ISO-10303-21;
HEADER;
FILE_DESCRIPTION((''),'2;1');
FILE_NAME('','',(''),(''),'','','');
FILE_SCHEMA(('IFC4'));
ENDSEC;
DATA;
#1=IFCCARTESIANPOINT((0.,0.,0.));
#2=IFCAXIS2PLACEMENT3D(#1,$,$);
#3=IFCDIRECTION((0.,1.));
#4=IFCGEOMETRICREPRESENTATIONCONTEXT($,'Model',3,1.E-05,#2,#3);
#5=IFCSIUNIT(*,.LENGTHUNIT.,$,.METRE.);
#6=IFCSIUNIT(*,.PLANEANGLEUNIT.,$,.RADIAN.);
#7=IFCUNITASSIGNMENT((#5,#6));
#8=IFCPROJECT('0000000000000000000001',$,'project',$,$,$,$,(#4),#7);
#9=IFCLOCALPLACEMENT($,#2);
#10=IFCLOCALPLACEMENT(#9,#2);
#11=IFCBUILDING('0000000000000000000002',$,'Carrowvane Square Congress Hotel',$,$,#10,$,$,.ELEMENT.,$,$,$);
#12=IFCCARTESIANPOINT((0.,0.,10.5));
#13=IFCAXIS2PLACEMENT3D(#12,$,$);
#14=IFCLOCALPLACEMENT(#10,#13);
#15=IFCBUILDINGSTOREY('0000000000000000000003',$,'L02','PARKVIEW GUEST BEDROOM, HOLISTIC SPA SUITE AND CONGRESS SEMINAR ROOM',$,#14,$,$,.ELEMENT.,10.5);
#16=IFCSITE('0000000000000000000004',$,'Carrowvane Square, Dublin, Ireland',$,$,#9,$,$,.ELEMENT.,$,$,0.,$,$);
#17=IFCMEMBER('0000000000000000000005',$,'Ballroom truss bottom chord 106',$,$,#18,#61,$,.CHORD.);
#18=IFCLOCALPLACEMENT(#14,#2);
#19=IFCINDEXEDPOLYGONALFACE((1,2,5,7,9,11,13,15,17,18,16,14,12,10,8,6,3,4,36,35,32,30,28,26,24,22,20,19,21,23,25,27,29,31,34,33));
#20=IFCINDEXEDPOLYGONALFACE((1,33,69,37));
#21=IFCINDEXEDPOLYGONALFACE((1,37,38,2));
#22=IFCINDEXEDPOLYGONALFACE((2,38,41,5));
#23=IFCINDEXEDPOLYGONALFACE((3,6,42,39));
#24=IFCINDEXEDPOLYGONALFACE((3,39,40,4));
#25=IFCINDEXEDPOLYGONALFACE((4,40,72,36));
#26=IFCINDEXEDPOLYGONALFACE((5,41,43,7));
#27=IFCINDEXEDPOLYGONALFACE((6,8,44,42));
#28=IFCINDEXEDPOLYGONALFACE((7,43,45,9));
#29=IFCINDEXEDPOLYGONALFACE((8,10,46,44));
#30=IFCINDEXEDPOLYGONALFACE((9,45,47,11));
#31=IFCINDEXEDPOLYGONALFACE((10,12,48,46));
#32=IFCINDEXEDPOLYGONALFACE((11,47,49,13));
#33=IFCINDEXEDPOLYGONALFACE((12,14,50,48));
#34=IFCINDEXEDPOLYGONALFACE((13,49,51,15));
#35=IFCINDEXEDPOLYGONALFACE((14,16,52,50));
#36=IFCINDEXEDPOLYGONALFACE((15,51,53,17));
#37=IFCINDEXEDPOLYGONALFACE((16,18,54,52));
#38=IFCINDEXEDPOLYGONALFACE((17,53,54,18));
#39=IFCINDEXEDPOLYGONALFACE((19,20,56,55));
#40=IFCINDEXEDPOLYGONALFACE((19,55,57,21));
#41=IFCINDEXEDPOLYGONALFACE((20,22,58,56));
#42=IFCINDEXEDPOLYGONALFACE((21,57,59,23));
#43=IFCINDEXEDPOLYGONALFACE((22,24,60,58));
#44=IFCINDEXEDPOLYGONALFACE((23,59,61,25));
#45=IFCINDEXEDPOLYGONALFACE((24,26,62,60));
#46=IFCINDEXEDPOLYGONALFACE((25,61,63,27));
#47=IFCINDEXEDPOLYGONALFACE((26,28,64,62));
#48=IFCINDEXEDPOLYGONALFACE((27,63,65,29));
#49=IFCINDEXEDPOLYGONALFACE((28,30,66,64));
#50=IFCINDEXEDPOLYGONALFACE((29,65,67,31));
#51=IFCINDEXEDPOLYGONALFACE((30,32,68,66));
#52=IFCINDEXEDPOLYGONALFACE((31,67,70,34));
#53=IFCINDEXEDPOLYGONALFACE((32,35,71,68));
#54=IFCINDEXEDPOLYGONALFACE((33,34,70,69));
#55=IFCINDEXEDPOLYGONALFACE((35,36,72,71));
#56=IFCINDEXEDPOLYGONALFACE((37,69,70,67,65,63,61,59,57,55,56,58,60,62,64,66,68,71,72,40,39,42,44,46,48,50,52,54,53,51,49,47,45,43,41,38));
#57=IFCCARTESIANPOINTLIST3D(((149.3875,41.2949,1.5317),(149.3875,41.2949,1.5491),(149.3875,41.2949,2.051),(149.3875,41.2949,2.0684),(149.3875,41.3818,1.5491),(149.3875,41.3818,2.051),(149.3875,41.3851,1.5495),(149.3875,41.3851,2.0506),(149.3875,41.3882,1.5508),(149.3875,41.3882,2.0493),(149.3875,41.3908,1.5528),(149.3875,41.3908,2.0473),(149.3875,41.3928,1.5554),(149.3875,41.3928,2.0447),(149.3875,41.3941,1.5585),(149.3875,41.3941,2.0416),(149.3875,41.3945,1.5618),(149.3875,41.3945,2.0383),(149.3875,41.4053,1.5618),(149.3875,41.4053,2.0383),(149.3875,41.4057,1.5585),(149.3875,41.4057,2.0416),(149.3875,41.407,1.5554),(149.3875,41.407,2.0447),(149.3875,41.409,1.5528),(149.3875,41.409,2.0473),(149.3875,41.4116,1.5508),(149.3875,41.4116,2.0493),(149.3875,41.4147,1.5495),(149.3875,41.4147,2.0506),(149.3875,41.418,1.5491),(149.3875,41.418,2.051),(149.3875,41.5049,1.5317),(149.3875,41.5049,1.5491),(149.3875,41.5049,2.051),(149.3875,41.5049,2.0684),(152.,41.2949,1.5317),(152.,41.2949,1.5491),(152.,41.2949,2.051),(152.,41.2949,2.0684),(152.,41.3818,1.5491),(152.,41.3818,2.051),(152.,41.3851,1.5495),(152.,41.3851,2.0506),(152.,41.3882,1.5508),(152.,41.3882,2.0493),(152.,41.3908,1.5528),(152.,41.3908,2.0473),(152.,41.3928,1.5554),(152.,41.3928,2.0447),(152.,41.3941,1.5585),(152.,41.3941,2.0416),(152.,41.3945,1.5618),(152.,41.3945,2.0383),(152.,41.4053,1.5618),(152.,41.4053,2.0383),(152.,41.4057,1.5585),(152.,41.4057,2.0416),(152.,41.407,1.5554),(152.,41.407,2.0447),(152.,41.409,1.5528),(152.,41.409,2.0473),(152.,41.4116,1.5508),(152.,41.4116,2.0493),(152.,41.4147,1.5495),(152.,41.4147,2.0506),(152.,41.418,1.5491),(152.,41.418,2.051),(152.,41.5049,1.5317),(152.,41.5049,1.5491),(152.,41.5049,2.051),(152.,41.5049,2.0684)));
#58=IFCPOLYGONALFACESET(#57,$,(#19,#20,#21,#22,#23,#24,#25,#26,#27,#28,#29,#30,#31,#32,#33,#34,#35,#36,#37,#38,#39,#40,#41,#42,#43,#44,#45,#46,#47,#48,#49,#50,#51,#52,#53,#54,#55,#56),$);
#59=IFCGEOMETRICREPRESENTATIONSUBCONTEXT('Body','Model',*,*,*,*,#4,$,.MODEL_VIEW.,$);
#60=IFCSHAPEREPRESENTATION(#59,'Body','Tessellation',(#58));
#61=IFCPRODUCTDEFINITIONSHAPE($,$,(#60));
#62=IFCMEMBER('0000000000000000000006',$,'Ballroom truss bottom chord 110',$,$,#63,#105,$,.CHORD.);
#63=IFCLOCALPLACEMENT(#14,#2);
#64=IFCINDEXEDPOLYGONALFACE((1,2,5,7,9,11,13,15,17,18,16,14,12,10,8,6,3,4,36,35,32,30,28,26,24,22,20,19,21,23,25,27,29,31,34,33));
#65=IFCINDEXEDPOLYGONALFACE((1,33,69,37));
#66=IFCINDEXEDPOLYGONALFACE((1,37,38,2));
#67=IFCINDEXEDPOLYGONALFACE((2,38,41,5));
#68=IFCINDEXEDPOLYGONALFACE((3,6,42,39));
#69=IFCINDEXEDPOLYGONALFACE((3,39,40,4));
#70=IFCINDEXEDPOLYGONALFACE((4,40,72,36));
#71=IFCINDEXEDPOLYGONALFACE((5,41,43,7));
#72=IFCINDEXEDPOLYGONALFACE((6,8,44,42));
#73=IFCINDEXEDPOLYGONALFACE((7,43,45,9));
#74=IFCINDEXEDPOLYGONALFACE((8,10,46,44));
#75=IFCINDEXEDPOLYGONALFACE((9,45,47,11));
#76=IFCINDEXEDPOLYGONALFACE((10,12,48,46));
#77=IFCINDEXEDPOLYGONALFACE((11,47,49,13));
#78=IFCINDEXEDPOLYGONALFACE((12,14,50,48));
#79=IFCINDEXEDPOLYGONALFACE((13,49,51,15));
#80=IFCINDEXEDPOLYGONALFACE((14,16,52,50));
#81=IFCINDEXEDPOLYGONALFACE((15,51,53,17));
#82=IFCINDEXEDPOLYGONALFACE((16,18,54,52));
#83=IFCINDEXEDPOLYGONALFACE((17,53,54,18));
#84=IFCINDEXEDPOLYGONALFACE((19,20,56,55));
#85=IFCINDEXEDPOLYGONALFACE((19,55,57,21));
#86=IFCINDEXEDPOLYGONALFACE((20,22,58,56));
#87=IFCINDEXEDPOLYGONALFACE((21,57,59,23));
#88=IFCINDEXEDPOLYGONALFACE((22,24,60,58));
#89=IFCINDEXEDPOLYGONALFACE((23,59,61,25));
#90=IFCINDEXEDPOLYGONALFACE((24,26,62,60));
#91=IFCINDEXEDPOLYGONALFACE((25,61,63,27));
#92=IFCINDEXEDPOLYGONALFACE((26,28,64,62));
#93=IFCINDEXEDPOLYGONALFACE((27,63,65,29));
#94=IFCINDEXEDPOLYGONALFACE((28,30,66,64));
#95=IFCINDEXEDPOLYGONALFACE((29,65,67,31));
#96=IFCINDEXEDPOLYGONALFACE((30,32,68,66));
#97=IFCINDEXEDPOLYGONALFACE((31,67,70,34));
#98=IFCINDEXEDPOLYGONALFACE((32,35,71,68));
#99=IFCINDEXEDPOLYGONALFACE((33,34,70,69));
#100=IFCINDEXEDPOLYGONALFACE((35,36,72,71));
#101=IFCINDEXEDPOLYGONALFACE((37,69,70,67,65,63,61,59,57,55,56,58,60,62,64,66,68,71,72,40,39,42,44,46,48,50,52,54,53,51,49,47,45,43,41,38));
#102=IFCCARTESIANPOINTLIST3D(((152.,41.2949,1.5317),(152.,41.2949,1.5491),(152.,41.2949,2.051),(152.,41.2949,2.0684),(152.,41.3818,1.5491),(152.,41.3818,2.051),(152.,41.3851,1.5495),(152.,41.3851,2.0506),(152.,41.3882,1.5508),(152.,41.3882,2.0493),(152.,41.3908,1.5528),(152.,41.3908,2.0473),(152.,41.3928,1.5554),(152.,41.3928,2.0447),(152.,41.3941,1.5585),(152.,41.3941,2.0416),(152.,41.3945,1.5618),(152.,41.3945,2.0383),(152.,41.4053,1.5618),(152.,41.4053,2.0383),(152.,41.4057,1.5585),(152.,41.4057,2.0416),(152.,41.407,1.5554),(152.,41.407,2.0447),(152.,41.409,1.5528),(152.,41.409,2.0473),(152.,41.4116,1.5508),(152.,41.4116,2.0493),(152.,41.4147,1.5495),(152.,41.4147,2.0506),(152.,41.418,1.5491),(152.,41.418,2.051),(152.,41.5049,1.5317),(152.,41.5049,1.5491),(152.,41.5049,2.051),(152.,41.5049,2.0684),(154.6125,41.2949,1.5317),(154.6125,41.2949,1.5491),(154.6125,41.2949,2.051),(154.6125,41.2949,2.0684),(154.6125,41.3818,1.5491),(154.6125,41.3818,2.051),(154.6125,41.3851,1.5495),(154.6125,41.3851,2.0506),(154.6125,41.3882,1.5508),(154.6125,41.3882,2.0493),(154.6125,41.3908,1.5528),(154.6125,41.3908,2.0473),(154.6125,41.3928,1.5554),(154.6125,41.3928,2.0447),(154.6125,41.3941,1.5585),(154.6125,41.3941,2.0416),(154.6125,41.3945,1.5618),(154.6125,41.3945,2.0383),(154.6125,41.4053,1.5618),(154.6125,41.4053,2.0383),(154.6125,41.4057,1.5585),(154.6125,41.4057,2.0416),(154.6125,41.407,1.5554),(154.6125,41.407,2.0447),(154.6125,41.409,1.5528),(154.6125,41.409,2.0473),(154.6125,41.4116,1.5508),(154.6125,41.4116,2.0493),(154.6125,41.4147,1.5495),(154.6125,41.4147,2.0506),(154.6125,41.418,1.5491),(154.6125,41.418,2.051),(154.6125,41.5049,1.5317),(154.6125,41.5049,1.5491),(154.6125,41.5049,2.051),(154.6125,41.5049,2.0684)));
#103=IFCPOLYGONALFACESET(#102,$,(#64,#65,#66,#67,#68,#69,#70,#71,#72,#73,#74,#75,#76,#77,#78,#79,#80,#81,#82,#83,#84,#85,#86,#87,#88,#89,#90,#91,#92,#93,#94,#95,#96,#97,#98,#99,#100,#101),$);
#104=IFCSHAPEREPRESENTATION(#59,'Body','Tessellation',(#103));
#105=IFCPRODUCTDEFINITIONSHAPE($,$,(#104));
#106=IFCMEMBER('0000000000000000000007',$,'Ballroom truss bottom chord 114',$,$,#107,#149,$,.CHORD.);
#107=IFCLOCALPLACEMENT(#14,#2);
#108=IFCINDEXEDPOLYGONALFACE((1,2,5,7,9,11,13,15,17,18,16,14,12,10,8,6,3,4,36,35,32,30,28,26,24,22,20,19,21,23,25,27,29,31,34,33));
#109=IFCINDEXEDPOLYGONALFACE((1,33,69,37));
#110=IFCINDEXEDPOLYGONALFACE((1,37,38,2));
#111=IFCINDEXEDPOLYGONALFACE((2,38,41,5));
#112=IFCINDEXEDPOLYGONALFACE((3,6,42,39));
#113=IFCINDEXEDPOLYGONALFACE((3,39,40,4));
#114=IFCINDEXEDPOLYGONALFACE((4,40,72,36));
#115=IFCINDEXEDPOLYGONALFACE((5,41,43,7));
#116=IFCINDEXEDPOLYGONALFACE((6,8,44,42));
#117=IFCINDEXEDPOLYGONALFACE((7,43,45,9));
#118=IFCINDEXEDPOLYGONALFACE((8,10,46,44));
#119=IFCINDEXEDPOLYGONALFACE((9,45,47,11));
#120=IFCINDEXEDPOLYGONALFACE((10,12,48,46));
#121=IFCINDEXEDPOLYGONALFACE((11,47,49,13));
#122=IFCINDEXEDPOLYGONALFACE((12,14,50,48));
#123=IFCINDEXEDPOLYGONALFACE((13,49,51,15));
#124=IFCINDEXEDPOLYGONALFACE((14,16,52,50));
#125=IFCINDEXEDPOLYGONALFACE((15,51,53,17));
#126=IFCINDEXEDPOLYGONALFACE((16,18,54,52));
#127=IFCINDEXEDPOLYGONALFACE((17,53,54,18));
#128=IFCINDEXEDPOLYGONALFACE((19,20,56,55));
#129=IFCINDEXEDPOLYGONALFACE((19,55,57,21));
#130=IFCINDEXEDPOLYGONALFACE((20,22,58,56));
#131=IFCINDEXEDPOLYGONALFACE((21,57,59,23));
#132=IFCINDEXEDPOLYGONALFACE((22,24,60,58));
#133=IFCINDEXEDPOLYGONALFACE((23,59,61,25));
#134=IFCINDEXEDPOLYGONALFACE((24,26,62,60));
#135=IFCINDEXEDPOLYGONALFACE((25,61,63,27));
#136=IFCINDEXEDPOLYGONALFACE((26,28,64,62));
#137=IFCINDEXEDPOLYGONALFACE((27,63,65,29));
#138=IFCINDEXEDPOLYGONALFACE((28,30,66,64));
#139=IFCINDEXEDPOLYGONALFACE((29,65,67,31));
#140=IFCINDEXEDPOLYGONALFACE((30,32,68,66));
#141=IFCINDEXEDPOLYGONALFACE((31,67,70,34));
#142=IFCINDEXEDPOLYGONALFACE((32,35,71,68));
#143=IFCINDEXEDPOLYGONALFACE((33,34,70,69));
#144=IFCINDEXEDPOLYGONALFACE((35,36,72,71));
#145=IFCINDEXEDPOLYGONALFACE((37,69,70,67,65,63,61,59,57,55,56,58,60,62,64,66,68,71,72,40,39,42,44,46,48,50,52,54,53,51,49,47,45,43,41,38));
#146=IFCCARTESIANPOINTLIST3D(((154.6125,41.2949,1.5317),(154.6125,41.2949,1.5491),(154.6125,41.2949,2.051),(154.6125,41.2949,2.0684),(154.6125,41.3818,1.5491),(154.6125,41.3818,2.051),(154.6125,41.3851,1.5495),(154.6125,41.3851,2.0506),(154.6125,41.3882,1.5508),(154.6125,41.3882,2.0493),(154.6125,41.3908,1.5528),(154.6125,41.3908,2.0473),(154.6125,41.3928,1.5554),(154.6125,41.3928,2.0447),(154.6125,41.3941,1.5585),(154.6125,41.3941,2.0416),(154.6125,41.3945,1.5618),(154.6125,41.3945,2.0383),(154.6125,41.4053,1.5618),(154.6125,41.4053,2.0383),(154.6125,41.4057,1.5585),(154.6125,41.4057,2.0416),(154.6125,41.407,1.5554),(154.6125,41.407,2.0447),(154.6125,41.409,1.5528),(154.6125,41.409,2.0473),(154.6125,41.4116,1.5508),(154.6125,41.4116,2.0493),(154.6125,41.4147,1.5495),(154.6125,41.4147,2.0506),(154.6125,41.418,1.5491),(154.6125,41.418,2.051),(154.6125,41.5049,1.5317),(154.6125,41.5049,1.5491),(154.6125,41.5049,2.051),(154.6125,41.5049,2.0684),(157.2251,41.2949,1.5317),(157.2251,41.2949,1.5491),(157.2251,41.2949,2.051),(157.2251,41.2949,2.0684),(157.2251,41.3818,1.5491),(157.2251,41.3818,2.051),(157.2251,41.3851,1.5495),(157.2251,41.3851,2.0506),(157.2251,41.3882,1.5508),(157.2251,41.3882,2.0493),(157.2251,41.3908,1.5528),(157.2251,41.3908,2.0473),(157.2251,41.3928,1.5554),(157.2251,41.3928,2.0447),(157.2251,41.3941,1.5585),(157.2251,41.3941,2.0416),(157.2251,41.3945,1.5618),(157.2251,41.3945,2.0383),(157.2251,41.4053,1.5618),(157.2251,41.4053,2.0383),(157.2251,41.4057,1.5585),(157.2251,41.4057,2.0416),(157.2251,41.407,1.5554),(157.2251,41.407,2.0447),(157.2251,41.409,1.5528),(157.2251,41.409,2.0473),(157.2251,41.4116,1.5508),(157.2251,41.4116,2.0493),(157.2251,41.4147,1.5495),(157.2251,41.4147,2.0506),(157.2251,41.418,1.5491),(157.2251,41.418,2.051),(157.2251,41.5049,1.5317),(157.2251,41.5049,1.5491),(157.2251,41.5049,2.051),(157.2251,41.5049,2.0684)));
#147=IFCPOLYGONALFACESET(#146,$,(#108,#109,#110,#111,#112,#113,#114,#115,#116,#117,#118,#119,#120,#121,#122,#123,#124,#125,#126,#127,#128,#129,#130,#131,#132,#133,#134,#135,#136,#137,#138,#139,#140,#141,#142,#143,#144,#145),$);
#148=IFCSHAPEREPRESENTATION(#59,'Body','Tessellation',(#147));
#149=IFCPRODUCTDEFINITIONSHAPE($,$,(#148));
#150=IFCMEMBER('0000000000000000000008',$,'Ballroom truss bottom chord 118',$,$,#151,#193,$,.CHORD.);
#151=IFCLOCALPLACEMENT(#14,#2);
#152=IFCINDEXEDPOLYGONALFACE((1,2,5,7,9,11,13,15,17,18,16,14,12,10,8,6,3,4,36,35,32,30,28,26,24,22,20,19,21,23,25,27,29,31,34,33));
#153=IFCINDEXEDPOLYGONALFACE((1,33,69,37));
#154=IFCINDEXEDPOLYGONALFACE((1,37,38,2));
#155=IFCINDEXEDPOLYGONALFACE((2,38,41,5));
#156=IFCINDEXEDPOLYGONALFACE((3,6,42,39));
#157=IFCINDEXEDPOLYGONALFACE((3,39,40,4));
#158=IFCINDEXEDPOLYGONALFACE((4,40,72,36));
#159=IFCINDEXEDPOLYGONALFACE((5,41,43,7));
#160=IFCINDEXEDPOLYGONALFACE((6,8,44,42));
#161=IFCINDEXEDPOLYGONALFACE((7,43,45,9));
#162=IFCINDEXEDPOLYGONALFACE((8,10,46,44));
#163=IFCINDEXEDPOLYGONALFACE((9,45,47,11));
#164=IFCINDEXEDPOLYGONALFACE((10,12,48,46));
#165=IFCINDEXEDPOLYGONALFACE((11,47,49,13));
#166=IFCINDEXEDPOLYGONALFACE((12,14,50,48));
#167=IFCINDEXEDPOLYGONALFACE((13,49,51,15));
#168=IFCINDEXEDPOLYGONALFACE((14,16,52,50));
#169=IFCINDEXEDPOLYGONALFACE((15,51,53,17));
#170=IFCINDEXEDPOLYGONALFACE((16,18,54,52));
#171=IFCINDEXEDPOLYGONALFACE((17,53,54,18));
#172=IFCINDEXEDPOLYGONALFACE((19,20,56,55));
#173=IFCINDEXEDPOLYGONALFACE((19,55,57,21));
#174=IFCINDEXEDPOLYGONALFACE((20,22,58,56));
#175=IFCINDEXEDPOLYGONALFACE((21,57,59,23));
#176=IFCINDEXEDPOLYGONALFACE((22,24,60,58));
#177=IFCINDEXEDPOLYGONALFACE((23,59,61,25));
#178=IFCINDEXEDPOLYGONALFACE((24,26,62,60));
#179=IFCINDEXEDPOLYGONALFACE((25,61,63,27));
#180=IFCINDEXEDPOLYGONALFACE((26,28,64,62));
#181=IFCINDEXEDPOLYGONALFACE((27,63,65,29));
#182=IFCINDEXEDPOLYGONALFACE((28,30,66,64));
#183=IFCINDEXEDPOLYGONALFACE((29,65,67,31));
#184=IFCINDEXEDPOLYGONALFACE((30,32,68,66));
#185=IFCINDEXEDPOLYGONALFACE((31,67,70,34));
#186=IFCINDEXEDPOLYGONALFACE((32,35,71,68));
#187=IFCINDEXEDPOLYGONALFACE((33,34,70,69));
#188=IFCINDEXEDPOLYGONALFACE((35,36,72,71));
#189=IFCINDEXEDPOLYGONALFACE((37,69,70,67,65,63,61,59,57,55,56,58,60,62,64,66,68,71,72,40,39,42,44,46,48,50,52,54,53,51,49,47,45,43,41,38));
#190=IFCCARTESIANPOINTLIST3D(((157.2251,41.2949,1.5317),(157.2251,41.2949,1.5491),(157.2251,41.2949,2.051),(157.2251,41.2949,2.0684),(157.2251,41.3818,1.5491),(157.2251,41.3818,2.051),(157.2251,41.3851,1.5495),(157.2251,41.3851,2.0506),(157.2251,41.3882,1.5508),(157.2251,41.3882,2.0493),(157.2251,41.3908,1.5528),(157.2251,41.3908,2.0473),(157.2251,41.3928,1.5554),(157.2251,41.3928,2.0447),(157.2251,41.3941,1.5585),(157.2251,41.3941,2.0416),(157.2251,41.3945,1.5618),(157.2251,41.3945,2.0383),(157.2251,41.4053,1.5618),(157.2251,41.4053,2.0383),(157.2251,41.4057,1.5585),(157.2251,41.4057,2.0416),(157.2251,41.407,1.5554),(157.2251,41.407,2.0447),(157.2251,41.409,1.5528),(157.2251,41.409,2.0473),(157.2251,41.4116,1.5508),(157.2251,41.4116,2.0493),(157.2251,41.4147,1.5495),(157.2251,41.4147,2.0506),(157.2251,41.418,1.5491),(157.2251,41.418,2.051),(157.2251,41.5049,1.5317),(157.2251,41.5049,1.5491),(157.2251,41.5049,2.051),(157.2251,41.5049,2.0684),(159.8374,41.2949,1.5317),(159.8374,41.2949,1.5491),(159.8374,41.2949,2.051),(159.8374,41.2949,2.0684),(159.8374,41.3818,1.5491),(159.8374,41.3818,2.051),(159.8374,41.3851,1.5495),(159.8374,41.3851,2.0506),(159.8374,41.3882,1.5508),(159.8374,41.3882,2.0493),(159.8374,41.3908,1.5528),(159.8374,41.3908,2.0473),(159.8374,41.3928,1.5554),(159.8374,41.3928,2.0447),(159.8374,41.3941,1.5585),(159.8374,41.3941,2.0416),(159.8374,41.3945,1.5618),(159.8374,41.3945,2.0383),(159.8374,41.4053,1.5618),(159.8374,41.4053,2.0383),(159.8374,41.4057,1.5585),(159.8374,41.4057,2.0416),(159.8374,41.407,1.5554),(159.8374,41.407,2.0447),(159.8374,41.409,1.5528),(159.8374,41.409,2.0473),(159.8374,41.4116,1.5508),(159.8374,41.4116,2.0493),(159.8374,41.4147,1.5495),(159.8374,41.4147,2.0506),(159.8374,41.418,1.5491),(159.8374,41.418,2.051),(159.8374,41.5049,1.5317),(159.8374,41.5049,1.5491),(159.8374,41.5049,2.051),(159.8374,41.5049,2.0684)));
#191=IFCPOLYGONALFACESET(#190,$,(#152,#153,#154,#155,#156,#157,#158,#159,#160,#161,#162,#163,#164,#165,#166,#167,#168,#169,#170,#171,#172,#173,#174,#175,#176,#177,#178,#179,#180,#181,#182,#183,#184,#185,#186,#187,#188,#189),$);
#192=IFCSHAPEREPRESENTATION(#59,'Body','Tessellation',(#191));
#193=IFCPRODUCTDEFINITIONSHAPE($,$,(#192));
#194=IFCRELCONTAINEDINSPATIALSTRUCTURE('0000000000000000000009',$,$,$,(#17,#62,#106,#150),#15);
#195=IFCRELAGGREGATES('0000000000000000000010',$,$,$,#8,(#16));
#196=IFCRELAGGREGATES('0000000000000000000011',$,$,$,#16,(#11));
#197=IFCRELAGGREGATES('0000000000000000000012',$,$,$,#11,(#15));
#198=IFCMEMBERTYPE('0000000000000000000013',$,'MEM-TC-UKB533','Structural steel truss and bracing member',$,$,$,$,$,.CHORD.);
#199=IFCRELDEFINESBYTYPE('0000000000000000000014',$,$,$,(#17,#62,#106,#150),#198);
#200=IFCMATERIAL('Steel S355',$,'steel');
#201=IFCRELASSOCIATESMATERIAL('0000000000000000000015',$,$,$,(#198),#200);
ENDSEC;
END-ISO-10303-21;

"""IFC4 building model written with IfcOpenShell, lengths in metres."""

from ifc_helpers import new_model, si_unit, direction, frame, origin, origin_2d, place, context, subcontext, project, spatial, i_section, extrude, material, material_profile, profile_set, type_object, element, save


model = new_model("IFC4")

# Units and contexts
model_context = context("Model", 3, precision=1e-05, world=origin(), true_north=direction((0.0, 1.0)))
body_context = subcontext(model_context, "Body", "Model", "MODEL_VIEW")
ifc_project = project(units=[si_unit("LENGTHUNIT", "METRE"), si_unit("PLANEANGLEUNIT", "RADIAN")], contexts=[model_context])

# Site, building, storey
site_placement = place(None, origin())
site = spatial("IfcSite", under=ifc_project, at=site_placement, Name="Carrowvane Square, Dublin, Ireland", CompositionType="ELEMENT", RefElevation=0.0)
building_placement = place(site_placement, origin())
building = spatial("IfcBuilding", under=site, at=building_placement, Name="Carrowvane Square Congress Hotel", CompositionType="ELEMENT")
storey_placement = place(building_placement, frame((0.0, 0.0, 10.5)))
storey = spatial("IfcBuildingStorey", under=building, at=storey_placement, Name="L02", Description="PARKVIEW GUEST BEDROOM, HOLISTIC SPA SUITE AND CONGRESS SEMINAR ROOM", CompositionType="ELEMENT", Elevation=10.5)

# Members
ifc_material_1 = material(Name="Steel S355", Category="steel")
ifc_material_profile_1 = material_profile(ifc_material_1, i_section(OverallWidth=0.21, OverallDepth=0.5366, WebThickness=0.0107, FlangeThickness=0.0173, FilletRadius=0.0127, at=origin_2d()), Name="UKB 533x210x101")
ifc_profile_set_1 = profile_set([ifc_material_profile_1], Name="Steel S355")
member_type_1 = type_object("IfcMemberType", Name="MEM-TC-UKB533", Description="Structural steel truss and bracing member", PredefinedType="CHORD", material=ifc_profile_set_1)
for number, where, z_axis, x_axis, name in (
    (1, (149.3875, 41.3999, 1.8), (1.0, 0.0, 0.0), (0.0, 1.0, 0.0), "Ballroom truss bottom chord 106"),
    (2, (152.0, 41.3999, 1.8), (1.0, 0.0, 0.0), (0.0, 1.0, 0.0), "Ballroom truss bottom chord 110"),
    (3, (154.6125, 41.3999, 1.8), (1.0, 0.0, 0.0), (0.0, 1.0, 0.0), "Ballroom truss bottom chord 114"),
):
    element("IfcMember", number, at=place(storey_placement, frame(where, z_axis=z_axis, x_axis=x_axis)), inside=storey, type_object=member_type_1, Name=name, PredefinedType="CHORD", context=body_context, shape_type="SweptSolid", body=[
        extrude(i_section(OverallWidth=0.21, OverallDepth=0.5366, WebThickness=0.0107, FlangeThickness=0.0173, FilletRadius=0.0127, at=origin_2d()), origin(), (0.0, 0.0, 1.0), 2.6125),
    ])
member_1_placement = place(storey_placement, frame((157.2251, 41.3999, 1.8), z_axis=(1.0, 0.0, 0.0), x_axis=(0.0, 1.0, 0.0)))
element("IfcMember", 4, at=member_1_placement, inside=storey, type_object=member_type_1, Name="Ballroom truss bottom chord 118", PredefinedType="CHORD", context=body_context, shape_type="SweptSolid", body=[
    extrude(i_section(OverallWidth=0.21, OverallDepth=0.5366, WebThickness=0.0107, FlangeThickness=0.0173, FilletRadius=0.0127, at=origin_2d()), origin(), (0.0, 0.0, 1.0), 2.6123),
])

save(model, "model.ifc")
